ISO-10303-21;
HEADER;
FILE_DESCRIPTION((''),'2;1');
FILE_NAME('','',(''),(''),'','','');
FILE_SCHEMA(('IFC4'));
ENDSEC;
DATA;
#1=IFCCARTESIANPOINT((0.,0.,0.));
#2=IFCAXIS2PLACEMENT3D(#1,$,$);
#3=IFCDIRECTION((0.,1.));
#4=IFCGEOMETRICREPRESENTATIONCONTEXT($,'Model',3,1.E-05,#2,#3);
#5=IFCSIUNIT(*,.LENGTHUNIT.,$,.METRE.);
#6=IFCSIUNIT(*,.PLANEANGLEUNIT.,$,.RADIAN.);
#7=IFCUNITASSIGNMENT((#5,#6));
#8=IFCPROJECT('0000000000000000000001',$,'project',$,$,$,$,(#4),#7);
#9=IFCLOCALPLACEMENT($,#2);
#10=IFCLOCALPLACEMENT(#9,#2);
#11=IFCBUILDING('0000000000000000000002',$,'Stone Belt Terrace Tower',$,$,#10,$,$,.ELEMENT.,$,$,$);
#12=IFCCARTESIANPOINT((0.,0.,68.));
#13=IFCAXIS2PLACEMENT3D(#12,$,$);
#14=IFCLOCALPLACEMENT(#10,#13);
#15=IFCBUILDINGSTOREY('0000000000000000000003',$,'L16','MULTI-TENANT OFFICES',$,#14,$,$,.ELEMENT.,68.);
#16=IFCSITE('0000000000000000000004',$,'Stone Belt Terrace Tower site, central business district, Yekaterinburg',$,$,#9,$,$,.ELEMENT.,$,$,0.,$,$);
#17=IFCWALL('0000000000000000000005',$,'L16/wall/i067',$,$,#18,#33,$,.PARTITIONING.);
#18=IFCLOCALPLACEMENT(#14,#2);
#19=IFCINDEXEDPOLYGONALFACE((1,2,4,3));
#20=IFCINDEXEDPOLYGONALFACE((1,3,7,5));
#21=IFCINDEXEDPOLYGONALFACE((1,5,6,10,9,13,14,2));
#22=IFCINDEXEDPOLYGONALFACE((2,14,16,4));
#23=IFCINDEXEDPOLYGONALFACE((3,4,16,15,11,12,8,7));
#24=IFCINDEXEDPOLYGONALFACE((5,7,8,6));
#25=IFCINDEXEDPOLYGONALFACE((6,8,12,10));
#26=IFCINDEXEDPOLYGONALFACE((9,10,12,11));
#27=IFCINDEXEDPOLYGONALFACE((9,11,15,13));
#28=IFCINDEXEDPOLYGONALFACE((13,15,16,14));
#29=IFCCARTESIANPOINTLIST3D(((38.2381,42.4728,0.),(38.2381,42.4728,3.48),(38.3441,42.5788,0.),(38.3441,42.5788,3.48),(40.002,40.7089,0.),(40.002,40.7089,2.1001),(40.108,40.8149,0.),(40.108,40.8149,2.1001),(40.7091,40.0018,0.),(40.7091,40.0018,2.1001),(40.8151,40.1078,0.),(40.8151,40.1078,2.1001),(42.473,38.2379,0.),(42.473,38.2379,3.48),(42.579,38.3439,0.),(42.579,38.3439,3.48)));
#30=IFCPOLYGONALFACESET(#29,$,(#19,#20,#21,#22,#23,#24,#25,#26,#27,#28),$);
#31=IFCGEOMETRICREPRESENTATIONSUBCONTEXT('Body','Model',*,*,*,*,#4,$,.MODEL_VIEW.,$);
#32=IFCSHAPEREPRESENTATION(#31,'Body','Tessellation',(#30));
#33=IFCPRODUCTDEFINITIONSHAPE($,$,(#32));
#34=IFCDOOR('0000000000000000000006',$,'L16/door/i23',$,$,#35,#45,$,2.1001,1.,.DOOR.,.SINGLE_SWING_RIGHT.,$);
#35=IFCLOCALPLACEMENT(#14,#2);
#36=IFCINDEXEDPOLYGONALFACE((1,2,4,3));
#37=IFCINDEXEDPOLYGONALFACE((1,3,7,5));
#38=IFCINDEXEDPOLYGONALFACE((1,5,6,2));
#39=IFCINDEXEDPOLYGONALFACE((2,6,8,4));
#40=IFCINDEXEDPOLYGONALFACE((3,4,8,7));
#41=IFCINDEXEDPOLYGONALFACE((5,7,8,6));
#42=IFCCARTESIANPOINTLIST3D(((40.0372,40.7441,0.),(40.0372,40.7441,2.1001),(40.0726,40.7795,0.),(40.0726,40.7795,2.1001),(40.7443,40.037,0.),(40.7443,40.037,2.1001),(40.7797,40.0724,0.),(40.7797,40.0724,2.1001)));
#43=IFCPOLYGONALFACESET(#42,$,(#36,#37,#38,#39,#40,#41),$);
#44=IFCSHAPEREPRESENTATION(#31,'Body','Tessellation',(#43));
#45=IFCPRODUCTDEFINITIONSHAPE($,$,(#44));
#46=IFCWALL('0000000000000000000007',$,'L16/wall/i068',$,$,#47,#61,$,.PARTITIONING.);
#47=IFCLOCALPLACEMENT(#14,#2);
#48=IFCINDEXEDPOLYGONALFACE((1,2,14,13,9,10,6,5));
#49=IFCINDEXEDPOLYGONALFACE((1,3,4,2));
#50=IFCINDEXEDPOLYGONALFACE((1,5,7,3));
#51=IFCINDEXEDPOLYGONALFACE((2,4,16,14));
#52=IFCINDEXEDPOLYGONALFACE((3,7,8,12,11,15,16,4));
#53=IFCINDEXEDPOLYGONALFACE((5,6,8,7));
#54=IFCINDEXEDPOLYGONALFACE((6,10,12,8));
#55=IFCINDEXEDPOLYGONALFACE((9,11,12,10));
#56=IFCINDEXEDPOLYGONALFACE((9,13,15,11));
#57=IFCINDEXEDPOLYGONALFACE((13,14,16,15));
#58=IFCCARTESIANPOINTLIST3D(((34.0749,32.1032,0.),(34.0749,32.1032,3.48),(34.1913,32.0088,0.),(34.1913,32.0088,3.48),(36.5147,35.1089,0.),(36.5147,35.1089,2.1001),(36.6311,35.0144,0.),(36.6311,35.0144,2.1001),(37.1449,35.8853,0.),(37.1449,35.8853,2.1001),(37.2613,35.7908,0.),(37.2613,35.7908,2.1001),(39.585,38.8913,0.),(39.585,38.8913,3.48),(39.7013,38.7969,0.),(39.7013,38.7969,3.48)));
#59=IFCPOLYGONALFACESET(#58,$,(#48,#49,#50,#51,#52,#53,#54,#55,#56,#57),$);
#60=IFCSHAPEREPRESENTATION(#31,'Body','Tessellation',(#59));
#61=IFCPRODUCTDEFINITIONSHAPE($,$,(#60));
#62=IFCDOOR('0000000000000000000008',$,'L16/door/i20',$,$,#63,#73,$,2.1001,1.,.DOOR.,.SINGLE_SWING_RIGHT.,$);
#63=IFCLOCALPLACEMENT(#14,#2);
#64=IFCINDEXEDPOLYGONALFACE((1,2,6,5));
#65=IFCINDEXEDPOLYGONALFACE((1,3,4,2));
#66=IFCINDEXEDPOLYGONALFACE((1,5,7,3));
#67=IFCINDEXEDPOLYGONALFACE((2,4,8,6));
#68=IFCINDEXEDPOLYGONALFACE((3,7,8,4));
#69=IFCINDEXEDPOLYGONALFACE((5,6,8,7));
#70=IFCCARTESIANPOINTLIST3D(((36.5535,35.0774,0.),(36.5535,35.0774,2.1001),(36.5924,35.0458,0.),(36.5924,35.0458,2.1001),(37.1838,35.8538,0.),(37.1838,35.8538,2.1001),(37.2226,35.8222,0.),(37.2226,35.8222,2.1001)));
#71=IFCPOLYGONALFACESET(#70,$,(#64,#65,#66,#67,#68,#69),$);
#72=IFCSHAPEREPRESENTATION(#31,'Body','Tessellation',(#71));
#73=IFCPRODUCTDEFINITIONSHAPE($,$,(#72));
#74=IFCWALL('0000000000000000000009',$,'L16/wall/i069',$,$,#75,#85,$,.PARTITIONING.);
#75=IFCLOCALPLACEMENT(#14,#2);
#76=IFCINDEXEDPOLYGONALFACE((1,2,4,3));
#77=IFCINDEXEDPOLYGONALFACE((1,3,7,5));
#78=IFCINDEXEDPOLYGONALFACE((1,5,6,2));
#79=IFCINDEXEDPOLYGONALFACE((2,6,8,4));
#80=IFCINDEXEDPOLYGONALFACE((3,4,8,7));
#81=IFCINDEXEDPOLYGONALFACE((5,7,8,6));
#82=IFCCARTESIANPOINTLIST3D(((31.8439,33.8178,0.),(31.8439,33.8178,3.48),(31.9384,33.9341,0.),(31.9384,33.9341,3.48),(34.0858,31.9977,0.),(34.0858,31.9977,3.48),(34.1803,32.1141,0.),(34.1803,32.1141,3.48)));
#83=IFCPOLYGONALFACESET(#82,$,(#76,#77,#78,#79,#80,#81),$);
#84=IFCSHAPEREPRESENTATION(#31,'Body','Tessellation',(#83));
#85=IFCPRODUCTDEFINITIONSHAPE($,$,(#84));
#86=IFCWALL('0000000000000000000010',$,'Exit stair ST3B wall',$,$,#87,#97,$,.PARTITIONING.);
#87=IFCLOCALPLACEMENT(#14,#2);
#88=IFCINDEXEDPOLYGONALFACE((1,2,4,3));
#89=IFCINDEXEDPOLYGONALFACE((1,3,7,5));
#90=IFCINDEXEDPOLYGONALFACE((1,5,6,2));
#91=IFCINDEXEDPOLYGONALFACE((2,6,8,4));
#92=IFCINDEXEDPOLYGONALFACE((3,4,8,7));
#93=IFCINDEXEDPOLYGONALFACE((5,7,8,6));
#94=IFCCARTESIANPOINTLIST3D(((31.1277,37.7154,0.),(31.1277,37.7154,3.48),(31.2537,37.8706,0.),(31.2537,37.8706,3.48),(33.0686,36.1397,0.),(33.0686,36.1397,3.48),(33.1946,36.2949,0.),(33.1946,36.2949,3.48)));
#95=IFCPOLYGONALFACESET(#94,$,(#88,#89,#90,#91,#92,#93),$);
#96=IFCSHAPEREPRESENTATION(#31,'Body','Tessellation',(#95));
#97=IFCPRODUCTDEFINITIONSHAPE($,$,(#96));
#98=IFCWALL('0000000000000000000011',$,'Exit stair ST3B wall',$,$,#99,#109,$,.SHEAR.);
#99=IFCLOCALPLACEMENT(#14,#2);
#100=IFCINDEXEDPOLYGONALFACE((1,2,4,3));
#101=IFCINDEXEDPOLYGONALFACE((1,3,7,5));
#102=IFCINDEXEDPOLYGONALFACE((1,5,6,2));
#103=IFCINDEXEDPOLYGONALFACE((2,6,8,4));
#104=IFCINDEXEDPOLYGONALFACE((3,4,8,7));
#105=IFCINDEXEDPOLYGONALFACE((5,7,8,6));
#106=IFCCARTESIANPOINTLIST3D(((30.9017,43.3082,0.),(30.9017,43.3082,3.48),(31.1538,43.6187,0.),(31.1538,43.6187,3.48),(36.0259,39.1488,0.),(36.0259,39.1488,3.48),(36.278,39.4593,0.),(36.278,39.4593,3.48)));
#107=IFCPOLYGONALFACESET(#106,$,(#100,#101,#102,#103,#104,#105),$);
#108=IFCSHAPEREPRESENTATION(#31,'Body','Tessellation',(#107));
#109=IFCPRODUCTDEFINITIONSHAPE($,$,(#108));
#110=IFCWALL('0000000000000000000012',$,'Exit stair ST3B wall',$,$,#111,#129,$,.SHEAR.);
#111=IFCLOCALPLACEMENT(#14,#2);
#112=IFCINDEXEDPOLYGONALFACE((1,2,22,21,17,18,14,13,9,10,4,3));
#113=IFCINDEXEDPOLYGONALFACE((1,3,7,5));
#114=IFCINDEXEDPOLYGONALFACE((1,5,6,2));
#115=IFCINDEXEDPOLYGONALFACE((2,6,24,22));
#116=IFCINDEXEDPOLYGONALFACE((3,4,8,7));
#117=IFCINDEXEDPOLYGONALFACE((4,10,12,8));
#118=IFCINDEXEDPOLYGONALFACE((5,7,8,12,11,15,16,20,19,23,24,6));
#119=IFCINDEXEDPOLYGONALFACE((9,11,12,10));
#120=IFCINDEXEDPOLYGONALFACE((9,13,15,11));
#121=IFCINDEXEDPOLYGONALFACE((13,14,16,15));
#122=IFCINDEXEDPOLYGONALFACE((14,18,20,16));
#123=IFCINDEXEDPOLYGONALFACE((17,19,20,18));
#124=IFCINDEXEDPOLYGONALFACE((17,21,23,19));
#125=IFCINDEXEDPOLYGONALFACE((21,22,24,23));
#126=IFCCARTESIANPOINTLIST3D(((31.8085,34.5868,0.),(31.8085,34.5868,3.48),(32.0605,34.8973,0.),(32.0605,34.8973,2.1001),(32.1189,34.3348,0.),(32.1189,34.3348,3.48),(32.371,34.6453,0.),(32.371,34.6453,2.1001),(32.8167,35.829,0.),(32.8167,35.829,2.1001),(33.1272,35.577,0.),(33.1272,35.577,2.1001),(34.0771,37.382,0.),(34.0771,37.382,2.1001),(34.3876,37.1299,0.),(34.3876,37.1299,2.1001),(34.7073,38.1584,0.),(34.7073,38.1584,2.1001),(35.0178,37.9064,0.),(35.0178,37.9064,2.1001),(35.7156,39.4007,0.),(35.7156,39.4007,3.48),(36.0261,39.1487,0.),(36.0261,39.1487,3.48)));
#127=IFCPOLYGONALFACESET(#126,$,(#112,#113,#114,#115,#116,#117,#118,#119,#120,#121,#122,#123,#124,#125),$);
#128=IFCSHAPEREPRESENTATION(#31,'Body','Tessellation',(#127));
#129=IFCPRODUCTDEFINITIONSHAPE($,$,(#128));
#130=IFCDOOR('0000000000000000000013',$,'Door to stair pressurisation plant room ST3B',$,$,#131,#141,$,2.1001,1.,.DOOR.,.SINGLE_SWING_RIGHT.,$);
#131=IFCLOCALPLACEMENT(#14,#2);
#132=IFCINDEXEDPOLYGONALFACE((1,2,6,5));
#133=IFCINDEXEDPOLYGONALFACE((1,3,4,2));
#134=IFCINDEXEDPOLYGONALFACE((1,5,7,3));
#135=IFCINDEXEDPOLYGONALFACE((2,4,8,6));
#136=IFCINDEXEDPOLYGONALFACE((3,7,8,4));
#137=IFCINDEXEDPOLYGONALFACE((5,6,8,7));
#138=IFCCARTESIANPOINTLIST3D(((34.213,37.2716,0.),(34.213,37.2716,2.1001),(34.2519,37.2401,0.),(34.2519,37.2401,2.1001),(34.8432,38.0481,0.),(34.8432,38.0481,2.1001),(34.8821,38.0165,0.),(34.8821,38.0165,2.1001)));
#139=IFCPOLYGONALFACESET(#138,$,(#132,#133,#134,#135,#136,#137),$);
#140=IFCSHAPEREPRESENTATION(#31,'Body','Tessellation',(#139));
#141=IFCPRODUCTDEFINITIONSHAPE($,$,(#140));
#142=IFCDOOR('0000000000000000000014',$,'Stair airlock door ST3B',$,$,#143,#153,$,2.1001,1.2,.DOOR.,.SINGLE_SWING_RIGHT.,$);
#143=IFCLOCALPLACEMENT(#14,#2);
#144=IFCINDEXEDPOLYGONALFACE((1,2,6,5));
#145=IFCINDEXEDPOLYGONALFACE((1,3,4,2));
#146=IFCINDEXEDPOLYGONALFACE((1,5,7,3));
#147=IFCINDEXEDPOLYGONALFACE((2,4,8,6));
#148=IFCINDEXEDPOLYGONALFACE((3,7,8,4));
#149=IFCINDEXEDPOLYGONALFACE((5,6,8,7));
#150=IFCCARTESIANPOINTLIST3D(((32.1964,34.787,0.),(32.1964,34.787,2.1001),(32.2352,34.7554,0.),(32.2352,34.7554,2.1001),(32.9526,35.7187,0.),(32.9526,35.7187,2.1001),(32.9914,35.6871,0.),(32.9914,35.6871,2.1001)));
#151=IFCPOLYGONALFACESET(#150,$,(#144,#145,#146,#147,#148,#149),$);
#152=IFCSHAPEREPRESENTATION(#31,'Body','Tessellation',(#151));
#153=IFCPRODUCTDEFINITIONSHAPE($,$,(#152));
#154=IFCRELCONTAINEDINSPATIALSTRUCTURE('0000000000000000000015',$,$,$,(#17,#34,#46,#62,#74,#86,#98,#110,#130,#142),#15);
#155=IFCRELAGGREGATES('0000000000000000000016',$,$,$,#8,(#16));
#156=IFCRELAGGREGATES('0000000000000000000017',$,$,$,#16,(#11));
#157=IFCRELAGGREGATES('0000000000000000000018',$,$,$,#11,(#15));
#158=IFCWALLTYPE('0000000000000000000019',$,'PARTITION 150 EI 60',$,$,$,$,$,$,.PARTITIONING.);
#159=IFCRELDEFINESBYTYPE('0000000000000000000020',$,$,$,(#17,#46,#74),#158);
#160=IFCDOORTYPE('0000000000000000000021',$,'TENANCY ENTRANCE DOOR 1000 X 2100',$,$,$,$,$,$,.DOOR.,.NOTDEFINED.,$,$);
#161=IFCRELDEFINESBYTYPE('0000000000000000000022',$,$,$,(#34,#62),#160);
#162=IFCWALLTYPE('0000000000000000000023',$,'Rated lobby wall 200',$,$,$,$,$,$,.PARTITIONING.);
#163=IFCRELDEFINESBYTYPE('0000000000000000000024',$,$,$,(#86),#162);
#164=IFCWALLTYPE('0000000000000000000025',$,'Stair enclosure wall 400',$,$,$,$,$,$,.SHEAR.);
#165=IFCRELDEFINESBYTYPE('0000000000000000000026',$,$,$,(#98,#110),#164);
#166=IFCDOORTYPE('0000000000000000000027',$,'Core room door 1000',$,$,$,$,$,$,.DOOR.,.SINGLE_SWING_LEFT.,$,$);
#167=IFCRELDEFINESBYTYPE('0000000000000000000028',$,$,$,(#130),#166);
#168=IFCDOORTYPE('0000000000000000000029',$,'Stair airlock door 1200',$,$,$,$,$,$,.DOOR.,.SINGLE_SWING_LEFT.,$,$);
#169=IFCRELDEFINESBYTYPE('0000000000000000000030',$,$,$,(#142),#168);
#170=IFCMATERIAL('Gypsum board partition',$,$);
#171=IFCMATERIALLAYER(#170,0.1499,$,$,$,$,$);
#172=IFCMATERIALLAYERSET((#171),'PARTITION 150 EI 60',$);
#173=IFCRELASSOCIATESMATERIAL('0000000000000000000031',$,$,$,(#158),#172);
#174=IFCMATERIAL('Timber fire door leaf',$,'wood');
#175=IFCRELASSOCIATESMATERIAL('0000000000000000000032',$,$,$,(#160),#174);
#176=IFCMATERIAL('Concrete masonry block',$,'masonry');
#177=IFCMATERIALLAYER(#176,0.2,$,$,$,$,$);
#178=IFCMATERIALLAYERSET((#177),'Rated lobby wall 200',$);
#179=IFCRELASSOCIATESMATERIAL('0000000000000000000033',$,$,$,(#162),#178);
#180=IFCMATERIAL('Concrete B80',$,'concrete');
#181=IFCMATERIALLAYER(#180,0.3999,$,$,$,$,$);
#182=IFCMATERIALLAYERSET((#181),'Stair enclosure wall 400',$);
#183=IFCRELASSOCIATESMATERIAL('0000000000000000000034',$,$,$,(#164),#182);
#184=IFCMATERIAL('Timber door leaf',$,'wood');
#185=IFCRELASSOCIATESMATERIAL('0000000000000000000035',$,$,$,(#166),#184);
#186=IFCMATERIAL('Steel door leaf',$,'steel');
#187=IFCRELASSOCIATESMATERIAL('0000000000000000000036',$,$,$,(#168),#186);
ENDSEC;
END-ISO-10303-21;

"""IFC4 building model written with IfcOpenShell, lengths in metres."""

from ifc_helpers import new_model, si_unit, direction, frame, frame_2d, origin, place, context, subcontext, project, spatial, rectangle, extrude, material, layer, layer_set, type_object, element, fill, save


model = new_model("IFC4")

# Units and contexts
model_context = context("Model", 3, precision=1e-05, world=origin(), true_north=direction((0.0, 1.0)))
body_context = subcontext(model_context, "Body", "Model", "MODEL_VIEW")
ifc_project = project(units=[si_unit("LENGTHUNIT", "METRE"), si_unit("PLANEANGLEUNIT", "RADIAN")], contexts=[model_context])

# Site, building, storey
site_placement = place(None, origin())
site = spatial("IfcSite", under=ifc_project, at=site_placement, Name="Stone Belt Terrace Tower site, central business district, Yekaterinburg", CompositionType="ELEMENT", RefElevation=0.0)
building_placement = place(site_placement, origin())
building = spatial("IfcBuilding", under=site, at=building_placement, Name="Stone Belt Terrace Tower", CompositionType="ELEMENT")
storey_placement = place(building_placement, frame((0.0, 0.0, 68.0)))
storey = spatial("IfcBuildingStorey", under=building, at=storey_placement, Name="L16", Description="MULTI-TENANT OFFICES", CompositionType="ELEMENT", Elevation=68.0)

# Shared definitions
ifc_material_1 = material(Name="Concrete B80", Category="concrete")

# Shared definitions
ifc_material_2 = material(Name="Gypsum board partition")
ifc_layer_1 = layer(ifc_material_2, 0.1499)
ifc_layer_set_1 = layer_set([ifc_layer_1], Name="PARTITION 150 EI 60")
wall_type_1 = type_object("IfcWallType", Name="PARTITION 150 EI 60", PredefinedType="PARTITIONING", material=ifc_layer_set_1)

# Walls, openings, doors
wall_1_placement = place(storey_placement, frame((38.291, 42.5259, 0.0), z_axis=(0.0, 0.0, 1.0), x_axis=(0.707107, -0.707107, 0.0)))
wall_1 = element("IfcWall", 1, at=wall_1_placement, inside=storey, type_object=wall_type_1, Name="L16/wall/i067", PredefinedType="PARTITIONING", context=body_context, shape_type="SweptSolid", body=[
    extrude(rectangle(XDim=5.989, YDim=0.1499, at=frame_2d((2.9946, 0.0))), origin(), (0.0, 0.0, 1.0), 3.48),
])
opening_1_placement = place(wall_1_placement, frame((2.4946, 0.0, 0.0)))
opening_1 = element("IfcOpeningElement", 2, at=opening_1_placement, cuts=wall_1, PredefinedType="OPENING", context=body_context, shape_type="SweptSolid", body=[
    extrude(rectangle(XDim=1.0, YDim=2.1001, at=frame_2d((0.5, 1.05))), frame((0.0, 0.085, 0.0), z_axis=(0.0, -1.0, 0.0), x_axis=(1.0, 0.0, 0.0)), (0.0, 0.0, 1.0), 0.1699),
])
ifc_material_3 = material(Name="Timber fire door leaf", Category="wood")
door_type_1 = type_object("IfcDoorType", Name="TENANCY ENTRANCE DOOR 1000 X 2100", OperationType="NOTDEFINED", PredefinedType="DOOR", material=ifc_material_3)
door_1_placement = place(opening_1_placement, origin())
door_1 = element("IfcDoor", 3, at=door_1_placement, inside=storey, type_object=door_type_1, Name="L16/door/i23", OperationType="SINGLE_SWING_RIGHT", OverallHeight=2.1001, OverallWidth=1.0, PredefinedType="DOOR", context=body_context, shape_type="SweptSolid", body=[
    extrude(rectangle(XDim=1.0, YDim=2.1001, at=frame_2d((0.5, 1.05))), frame((0.0, 0.0249, 0.0), z_axis=(0.0, -1.0, 0.0), x_axis=(1.0, 0.0, 0.0)), (0.0, 0.0, 1.0), 0.05),
])
fill(opening_1, door_1)
wall_2_placement = place(storey_placement, frame((34.1331, 32.0559, 0.0), z_axis=(0.0, 0.0, 1.0), x_axis=(0.630227, 0.776411, 0.0)))
wall_2 = element("IfcWall", 4, at=wall_2_placement, inside=storey, type_object=wall_type_1, Name="L16/wall/i068", PredefinedType="PARTITIONING", context=body_context, shape_type="SweptSolid", body=[
    extrude(rectangle(XDim=8.7429, YDim=0.1499, at=frame_2d((4.3716, 0.0))), origin(), (0.0, 0.0, 1.0), 3.48),
])
opening_2_placement = place(wall_2_placement, frame((3.8713, 0.0, 0.0)))
opening_2 = element("IfcOpeningElement", 5, at=opening_2_placement, cuts=wall_2, PredefinedType="OPENING", context=body_context, shape_type="SweptSolid", body=[
    extrude(rectangle(XDim=1.0, YDim=2.1001, at=frame_2d((0.5, 1.05))), frame((0.0, 0.085, 0.0), z_axis=(0.0, -1.0, 0.0), x_axis=(1.0, 0.0, 0.0)), (0.0, 0.0, 1.0), 0.1699),
])
door_2_placement = place(opening_2_placement, origin())
door_2 = element("IfcDoor", 6, at=door_2_placement, inside=storey, type_object=door_type_1, Name="L16/door/i20", OperationType="SINGLE_SWING_RIGHT", OverallHeight=2.1001, OverallWidth=1.0, PredefinedType="DOOR", context=body_context, shape_type="SweptSolid", body=[
    extrude(rectangle(XDim=1.0, YDim=2.1001, at=frame_2d((0.5, 1.05))), frame((0.0, 0.0249, 0.0), z_axis=(0.0, -1.0, 0.0), x_axis=(1.0, 0.0, 0.0)), (0.0, 0.0, 1.0), 0.05),
])
fill(opening_2, door_2)

# Walls
wall_3_placement = place(storey_placement, frame((34.1331, 32.0559, 0.0), z_axis=(0.0, 0.0, 1.0), x_axis=(-0.77637, 0.630277, 0.0)))
element("IfcWall", 7, at=wall_3_placement, inside=storey, type_object=wall_type_1, Name="L16/wall/i069", PredefinedType="PARTITIONING", context=body_context, shape_type="SweptSolid", body=[
    extrude(rectangle(XDim=2.8877, YDim=0.1499, at=frame_2d((1.4438, 0.0))), origin(), (0.0, 0.0, 1.0), 3.48),
])
ifc_material_4 = material(Name="Concrete masonry block", Category="masonry")
ifc_layer_2 = layer(ifc_material_4, 0.2)
ifc_layer_set_2 = layer_set([ifc_layer_2], Name="Rated lobby wall 200")
wall_type_2 = type_object("IfcWallType", Name="Rated lobby wall 200", PredefinedType="PARTITIONING", material=ifc_layer_set_2)
wall_4_placement = place(storey_placement, frame((31.1907, 37.793, 0.0), z_axis=(0.0, 0.0, 1.0), x_axis=(0.776371, -0.630276, 0.0)))
element("IfcWall", 8, at=wall_4_placement, inside=storey, type_object=wall_type_2, Name="Exit stair ST3B wall", PredefinedType="PARTITIONING", context=body_context, shape_type="SweptSolid", body=[
    extrude(rectangle(XDim=2.5, YDim=0.2, at=frame_2d((1.25, 0.0))), origin(), (0.0, 0.0, 1.0), 3.48),
])
ifc_layer_3 = layer(ifc_material_1, 0.3999)
ifc_layer_set_3 = layer_set([ifc_layer_3], Name="Stair enclosure wall 400")
wall_type_3 = type_object("IfcWallType", Name="Stair enclosure wall 400", PredefinedType="SHEAR", material=ifc_layer_set_3)
wall_5_placement = place(storey_placement, frame((31.0278, 43.4634, 0.0), z_axis=(0.0, 0.0, 1.0), x_axis=(0.776414, -0.630224, 0.0)))
element("IfcWall", 9, at=wall_5_placement, inside=storey, type_object=wall_type_3, Name="Exit stair ST3B wall", PredefinedType="SHEAR", context=body_context, shape_type="SweptSolid", body=[
    extrude(rectangle(XDim=6.5999, YDim=0.3999, at=frame_2d((3.2998, 0.0))), origin(), (0.0, 0.0, 1.0), 3.48),
])

# Wall, openings, doors
wall_6_placement = place(storey_placement, frame((31.9636, 34.4607, 0.0), z_axis=(0.0, 0.0, 1.0), x_axis=(0.630192, 0.776439, 0.0)))
wall_6 = element("IfcWall", 10, at=wall_6_placement, inside=storey, type_object=wall_type_3, Name="Exit stair ST3B wall", PredefinedType="SHEAR", context=body_context, shape_type="SweptSolid", body=[
    extrude(rectangle(XDim=6.2, YDim=0.3999, at=frame_2d((3.1001, 0.0))), origin(), (0.0, 0.0, 1.0), 3.48),
])
opening_3_placement = place(wall_6_placement, frame((0.3999, 0.0, 0.0)))
opening_3 = element("IfcOpeningElement", 11, at=opening_3_placement, cuts=wall_6, PredefinedType="OPENING", context=body_context, shape_type="SweptSolid", body=[
    extrude(rectangle(XDim=1.2, YDim=2.1001, at=frame_2d((0.6001, 1.05))), frame((0.0, 0.21, 0.0), z_axis=(0.0, -1.0, 0.0), x_axis=(1.0, 0.0, 0.0)), (0.0, 0.0, 1.0), 0.4199),
])
opening_4_placement = place(wall_6_placement, frame((3.6001, 0.0, 0.0)))
opening_4 = element("IfcOpeningElement", 12, at=opening_4_placement, cuts=wall_6, PredefinedType="OPENING", context=body_context, shape_type="SweptSolid", body=[
    extrude(rectangle(XDim=1.0, YDim=2.1001, at=frame_2d((0.5, 1.05))), frame((0.0, 0.21, 0.0), z_axis=(0.0, -1.0, 0.0), x_axis=(1.0, 0.0, 0.0)), (0.0, 0.0, 1.0), 0.4199),
])
ifc_material_5 = material(Name="Timber door leaf", Category="wood")
door_type_2 = type_object("IfcDoorType", Name="Core room door 1000", OperationType="SINGLE_SWING_LEFT", PredefinedType="DOOR", material=ifc_material_5)
door_3_placement = place(opening_4_placement, origin())
door_3 = element("IfcDoor", 13, at=door_3_placement, inside=storey, type_object=door_type_2, Name="Door to stair pressurisation plant room ST3B", OperationType="SINGLE_SWING_RIGHT", OverallHeight=2.1001, OverallWidth=1.0, PredefinedType="DOOR", context=body_context, shape_type="SweptSolid", body=[
    extrude(rectangle(XDim=1.0, YDim=2.1001, at=frame_2d((0.5, 1.05))), frame((0.0, 0.0249, 0.0), z_axis=(0.0, -1.0, 0.0), x_axis=(1.0, 0.0, 0.0)), (0.0, 0.0, 1.0), 0.05),
])
fill(opening_4, door_3)
ifc_material_6 = material(Name="Steel door leaf", Category="steel")
door_type_3 = type_object("IfcDoorType", Name="Stair airlock door 1200", OperationType="SINGLE_SWING_LEFT", PredefinedType="DOOR", material=ifc_material_6)
door_4_placement = place(opening_3_placement, origin())
door_4 = element("IfcDoor", 14, at=door_4_placement, inside=storey, type_object=door_type_3, Name="Stair airlock door ST3B", OperationType="SINGLE_SWING_RIGHT", OverallHeight=2.1001, OverallWidth=1.2, PredefinedType="DOOR", context=body_context, shape_type="SweptSolid", body=[
    extrude(rectangle(XDim=1.2, YDim=2.1001, at=frame_2d((0.6001, 1.05))), frame((0.0, 0.0249, 0.0), z_axis=(0.0, -1.0, 0.0), x_axis=(1.0, 0.0, 0.0)), (0.0, 0.0, 1.0), 0.05),
])
fill(opening_3, door_4)

save(model, "model.ifc")
